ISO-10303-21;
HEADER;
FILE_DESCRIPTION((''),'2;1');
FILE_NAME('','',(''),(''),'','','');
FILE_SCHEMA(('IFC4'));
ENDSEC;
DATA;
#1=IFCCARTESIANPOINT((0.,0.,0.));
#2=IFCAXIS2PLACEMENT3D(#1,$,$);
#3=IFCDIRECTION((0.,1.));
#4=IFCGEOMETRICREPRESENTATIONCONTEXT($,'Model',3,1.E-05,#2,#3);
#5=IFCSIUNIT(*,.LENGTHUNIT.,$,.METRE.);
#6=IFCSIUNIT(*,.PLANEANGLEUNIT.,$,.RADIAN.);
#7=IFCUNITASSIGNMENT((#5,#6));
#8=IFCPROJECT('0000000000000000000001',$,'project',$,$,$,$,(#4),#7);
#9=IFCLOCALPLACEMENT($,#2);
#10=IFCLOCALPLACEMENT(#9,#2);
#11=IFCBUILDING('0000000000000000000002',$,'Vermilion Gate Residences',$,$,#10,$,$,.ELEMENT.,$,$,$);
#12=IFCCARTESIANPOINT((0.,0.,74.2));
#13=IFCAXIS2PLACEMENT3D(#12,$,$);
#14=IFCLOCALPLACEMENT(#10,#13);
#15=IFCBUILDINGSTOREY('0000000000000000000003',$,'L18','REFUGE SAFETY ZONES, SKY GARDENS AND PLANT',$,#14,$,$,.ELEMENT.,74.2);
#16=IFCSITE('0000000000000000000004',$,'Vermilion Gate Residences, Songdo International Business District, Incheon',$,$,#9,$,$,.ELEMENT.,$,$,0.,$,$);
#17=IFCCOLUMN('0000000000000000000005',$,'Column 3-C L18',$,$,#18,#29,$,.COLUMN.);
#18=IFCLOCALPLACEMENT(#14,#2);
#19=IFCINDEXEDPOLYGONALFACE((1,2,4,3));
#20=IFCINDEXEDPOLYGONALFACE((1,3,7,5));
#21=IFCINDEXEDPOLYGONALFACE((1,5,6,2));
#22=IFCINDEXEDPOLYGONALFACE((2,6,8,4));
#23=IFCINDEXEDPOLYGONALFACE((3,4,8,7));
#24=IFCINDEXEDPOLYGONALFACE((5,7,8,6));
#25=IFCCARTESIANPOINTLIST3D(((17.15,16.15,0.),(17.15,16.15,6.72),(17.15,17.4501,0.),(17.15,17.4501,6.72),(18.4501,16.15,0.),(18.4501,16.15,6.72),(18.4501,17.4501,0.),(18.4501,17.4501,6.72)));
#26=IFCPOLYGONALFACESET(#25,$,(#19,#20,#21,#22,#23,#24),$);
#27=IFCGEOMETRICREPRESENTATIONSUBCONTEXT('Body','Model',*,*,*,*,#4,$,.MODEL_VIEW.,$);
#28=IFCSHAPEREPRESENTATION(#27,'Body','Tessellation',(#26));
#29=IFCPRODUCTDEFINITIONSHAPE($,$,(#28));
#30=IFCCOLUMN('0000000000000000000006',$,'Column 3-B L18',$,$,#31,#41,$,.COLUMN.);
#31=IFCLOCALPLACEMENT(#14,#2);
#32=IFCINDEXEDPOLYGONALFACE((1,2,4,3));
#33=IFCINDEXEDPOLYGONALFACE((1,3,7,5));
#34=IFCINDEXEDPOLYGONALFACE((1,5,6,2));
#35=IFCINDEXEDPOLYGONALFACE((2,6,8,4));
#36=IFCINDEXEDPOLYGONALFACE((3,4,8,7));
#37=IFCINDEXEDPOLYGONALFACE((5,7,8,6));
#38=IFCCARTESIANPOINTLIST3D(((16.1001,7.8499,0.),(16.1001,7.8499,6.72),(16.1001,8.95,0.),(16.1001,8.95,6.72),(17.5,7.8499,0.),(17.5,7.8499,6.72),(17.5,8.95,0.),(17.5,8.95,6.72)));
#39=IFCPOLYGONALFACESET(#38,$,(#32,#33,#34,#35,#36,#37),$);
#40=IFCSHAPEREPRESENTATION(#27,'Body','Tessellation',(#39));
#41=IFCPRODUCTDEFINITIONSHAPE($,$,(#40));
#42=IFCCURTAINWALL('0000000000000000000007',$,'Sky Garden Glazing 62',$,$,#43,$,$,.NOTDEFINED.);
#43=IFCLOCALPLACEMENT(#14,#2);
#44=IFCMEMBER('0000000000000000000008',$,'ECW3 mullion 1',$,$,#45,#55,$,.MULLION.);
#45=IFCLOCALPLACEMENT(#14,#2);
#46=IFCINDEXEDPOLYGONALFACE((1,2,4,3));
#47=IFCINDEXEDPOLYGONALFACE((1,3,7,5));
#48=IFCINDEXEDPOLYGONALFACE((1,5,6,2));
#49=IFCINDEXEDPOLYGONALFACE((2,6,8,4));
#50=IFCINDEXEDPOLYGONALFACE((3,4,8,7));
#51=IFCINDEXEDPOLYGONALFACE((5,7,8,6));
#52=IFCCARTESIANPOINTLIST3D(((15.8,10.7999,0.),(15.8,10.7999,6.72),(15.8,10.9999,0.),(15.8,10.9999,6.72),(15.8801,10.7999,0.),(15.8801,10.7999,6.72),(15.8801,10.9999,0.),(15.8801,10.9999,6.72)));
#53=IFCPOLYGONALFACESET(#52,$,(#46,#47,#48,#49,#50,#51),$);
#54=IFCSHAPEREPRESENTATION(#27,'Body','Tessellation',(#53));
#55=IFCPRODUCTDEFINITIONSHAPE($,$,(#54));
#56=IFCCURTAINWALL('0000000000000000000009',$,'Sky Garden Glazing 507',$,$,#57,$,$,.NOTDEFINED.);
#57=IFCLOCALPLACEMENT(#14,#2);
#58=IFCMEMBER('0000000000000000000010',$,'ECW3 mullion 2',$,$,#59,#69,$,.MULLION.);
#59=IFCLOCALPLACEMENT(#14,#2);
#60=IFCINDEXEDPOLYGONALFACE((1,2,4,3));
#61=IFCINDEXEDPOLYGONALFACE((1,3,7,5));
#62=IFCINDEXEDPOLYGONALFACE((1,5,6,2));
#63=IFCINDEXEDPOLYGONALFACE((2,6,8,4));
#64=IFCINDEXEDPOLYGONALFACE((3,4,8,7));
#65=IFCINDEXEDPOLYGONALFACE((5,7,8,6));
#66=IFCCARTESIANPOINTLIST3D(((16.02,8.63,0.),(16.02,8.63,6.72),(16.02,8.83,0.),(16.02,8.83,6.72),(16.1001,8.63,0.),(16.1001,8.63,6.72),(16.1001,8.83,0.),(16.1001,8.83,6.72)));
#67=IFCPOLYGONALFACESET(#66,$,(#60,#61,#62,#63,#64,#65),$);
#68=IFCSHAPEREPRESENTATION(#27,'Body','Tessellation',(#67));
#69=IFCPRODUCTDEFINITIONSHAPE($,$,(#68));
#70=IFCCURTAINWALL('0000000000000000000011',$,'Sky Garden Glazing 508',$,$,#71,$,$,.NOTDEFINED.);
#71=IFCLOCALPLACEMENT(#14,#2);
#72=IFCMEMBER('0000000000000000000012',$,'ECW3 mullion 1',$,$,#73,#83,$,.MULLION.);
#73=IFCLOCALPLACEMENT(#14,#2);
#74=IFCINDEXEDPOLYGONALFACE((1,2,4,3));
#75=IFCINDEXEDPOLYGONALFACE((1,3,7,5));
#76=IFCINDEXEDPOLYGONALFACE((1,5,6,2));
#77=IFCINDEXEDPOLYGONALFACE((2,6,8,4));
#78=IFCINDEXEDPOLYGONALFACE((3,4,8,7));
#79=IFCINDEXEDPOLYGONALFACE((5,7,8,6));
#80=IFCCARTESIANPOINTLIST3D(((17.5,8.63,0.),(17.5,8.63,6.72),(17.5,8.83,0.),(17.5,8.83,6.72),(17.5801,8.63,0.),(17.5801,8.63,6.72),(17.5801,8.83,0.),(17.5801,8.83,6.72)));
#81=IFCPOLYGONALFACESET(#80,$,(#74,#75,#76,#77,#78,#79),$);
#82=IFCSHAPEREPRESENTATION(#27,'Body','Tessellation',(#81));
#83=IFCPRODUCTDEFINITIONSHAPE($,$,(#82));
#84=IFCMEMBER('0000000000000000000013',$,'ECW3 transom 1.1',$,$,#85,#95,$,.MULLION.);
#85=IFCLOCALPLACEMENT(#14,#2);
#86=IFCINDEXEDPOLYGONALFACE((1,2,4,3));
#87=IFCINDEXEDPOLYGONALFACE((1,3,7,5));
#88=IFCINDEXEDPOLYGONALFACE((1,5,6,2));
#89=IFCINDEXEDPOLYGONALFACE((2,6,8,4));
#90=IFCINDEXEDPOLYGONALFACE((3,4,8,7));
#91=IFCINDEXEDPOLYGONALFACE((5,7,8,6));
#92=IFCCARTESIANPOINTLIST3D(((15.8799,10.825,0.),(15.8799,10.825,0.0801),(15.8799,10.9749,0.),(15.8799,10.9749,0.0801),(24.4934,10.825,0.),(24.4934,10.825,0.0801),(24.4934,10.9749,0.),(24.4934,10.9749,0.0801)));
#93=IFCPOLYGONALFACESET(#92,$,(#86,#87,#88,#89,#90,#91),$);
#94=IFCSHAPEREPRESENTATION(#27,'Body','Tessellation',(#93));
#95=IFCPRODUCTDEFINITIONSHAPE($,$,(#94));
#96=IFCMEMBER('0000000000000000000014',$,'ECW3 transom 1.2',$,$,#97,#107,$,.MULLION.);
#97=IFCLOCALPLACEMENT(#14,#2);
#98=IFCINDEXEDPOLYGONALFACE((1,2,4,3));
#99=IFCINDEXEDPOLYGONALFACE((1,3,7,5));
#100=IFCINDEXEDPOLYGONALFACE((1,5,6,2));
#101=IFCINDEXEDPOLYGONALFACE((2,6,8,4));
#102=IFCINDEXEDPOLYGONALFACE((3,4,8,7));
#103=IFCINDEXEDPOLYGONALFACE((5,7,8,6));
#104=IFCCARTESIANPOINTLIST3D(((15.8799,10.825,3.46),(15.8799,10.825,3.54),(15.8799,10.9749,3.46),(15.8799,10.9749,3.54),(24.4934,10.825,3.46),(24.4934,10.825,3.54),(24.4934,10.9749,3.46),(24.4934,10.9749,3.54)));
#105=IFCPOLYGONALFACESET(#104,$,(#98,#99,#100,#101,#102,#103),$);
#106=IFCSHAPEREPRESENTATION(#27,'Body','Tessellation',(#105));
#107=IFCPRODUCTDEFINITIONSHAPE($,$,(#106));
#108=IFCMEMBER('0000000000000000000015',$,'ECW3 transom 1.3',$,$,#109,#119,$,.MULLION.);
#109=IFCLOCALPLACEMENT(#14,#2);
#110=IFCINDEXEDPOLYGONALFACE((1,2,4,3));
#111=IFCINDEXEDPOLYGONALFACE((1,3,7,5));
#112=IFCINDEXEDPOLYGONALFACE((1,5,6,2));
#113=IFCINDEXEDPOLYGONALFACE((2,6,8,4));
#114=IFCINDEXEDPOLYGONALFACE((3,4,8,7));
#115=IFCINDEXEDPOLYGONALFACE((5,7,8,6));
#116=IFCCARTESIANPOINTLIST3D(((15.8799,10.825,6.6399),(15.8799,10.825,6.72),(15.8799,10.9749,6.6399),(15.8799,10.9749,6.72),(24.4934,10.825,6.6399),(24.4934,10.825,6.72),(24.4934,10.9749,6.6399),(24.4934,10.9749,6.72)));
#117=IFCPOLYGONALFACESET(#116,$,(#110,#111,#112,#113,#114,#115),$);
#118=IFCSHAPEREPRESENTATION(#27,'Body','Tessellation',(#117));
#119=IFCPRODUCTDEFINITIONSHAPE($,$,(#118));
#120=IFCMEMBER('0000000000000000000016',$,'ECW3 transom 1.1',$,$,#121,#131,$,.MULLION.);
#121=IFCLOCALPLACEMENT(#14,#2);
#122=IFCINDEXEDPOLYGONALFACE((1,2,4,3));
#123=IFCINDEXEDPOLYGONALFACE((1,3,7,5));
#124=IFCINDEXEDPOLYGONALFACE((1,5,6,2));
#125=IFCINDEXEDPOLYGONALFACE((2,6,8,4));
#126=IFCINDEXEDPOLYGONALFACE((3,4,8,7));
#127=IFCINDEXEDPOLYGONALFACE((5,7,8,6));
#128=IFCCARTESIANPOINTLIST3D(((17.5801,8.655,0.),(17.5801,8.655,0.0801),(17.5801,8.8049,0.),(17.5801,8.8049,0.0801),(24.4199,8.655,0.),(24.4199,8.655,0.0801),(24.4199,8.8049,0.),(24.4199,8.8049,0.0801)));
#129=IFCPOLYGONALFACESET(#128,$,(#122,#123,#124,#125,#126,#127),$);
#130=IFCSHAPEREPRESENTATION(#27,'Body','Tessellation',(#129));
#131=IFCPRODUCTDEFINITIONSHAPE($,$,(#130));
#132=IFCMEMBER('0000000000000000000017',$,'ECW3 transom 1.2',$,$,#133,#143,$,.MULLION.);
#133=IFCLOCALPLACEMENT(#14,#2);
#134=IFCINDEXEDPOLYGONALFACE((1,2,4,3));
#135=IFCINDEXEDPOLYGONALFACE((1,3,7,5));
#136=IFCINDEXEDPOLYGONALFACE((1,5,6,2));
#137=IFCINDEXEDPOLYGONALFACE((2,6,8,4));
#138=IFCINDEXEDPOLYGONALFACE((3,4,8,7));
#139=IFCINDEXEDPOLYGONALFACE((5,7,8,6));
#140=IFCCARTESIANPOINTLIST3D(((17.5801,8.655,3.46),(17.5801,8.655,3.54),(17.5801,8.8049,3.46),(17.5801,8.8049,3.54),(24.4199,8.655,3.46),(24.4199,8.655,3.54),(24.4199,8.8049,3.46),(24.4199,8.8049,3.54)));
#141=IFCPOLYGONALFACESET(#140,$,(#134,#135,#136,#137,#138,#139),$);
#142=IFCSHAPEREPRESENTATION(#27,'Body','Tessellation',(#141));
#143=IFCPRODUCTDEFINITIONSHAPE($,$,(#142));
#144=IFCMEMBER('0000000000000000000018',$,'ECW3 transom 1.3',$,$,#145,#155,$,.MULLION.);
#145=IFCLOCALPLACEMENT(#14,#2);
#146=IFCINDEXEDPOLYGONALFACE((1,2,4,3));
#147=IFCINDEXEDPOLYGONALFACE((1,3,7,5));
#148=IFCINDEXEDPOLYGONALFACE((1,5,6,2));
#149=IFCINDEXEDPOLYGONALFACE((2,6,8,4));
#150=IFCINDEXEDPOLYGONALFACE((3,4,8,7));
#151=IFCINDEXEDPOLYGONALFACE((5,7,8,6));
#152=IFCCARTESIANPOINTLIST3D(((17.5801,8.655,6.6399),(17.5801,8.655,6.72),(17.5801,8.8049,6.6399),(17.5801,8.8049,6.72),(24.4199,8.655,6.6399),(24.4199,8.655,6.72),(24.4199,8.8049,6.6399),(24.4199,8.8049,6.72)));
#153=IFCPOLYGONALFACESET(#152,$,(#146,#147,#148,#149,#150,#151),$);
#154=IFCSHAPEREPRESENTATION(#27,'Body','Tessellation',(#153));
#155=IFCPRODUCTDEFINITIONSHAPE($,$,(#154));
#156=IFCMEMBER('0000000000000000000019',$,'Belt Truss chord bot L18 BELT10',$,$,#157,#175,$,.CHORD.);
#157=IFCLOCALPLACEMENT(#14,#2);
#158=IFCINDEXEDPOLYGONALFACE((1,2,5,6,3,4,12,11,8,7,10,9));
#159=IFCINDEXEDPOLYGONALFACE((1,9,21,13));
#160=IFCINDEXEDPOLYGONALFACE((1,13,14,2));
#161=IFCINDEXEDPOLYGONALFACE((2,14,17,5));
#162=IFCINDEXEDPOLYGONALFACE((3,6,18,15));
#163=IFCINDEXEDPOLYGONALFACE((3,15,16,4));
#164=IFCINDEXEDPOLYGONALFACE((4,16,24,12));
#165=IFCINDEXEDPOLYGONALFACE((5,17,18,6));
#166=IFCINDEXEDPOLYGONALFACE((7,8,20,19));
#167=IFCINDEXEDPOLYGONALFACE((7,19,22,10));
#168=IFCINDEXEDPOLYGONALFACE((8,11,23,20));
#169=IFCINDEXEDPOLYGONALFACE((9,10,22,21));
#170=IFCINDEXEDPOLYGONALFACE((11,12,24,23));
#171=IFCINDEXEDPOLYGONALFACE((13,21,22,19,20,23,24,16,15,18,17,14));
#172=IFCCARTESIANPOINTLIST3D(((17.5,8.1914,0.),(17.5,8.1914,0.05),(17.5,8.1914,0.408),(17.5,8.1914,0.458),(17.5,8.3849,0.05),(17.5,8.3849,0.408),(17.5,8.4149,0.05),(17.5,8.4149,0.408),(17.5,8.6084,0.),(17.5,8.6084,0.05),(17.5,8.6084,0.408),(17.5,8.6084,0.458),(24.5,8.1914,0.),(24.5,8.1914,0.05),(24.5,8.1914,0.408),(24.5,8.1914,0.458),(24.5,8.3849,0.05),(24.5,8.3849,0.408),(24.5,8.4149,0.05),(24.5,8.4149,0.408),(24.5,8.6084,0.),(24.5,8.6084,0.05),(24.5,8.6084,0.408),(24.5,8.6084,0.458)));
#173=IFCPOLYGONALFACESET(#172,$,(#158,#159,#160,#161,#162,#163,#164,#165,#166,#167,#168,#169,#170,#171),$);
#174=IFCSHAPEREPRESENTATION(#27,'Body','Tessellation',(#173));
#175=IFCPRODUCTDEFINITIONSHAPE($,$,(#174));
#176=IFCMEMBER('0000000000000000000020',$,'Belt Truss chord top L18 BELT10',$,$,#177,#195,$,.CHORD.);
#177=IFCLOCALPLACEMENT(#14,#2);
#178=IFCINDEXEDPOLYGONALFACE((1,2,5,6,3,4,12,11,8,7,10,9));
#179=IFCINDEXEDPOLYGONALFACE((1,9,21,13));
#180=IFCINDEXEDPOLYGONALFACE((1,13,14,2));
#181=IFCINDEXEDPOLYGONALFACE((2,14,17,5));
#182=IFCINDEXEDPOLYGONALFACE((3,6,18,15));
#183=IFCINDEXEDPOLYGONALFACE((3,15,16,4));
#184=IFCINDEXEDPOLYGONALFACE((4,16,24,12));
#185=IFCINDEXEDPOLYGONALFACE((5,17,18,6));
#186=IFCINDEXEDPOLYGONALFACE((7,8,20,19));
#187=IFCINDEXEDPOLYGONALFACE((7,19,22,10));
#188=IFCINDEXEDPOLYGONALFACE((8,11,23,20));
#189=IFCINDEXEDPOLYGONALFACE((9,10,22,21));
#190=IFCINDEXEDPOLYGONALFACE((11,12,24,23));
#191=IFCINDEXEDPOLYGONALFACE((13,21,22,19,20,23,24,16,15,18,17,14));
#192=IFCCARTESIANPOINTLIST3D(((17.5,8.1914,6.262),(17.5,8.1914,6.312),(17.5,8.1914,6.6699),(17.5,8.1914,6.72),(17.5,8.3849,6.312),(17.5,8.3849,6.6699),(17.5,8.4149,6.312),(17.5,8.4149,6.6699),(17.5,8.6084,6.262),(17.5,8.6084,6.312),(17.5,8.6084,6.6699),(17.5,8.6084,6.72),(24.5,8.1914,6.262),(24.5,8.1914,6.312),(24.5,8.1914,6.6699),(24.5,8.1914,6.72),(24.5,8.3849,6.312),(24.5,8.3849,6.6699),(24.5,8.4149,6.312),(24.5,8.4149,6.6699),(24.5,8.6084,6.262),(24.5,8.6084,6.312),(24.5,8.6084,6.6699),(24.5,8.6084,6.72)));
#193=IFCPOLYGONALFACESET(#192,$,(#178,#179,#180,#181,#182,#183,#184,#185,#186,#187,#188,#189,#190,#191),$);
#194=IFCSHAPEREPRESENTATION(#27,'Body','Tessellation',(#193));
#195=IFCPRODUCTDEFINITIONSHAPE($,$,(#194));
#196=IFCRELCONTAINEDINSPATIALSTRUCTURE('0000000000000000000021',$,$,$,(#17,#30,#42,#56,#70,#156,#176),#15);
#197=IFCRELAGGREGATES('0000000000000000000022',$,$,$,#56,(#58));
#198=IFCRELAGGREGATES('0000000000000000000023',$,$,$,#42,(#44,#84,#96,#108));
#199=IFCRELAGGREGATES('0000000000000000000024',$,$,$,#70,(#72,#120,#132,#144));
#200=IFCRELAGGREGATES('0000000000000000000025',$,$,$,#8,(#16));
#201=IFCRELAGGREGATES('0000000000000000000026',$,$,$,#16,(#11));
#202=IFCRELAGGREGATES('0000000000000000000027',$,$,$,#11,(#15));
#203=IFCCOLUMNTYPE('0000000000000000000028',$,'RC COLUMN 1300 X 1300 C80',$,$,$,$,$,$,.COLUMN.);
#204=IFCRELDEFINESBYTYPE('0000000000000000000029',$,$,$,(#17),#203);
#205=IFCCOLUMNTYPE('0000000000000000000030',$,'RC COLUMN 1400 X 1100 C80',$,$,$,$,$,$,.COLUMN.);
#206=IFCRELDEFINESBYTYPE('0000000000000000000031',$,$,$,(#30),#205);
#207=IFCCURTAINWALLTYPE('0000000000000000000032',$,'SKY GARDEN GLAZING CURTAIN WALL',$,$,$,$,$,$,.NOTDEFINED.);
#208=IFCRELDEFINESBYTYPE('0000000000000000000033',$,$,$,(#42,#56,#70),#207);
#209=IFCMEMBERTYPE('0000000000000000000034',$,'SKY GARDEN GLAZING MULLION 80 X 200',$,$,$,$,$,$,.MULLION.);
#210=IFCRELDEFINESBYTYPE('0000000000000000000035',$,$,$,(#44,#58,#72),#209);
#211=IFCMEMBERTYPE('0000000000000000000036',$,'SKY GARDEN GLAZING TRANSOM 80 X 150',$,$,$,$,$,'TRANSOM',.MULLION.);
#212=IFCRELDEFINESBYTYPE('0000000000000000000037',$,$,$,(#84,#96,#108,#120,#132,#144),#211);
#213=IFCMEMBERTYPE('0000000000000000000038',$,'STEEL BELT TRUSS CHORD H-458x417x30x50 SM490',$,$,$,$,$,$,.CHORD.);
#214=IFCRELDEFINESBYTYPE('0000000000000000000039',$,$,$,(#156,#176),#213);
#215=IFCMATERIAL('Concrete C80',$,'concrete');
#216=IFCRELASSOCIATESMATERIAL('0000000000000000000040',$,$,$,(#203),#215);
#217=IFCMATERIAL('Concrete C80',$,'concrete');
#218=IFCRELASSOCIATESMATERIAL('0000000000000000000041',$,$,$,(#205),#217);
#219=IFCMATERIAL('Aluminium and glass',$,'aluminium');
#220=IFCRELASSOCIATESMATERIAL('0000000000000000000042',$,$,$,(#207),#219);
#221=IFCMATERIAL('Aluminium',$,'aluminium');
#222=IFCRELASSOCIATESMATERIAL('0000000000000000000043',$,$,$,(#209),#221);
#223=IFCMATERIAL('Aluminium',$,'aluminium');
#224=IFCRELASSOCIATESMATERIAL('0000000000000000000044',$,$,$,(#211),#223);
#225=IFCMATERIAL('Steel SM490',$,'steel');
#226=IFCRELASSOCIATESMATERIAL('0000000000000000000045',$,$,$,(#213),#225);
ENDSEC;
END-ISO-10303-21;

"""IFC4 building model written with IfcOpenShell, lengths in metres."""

from ifc_helpers import new_model, si_unit, direction, frame, origin, origin_2d, place, context, subcontext, project, spatial, rectangle, i_section, extrude, material, material_profile, profile_set, type_object, element, aggregate, save


model = new_model("IFC4")

# Units and contexts
model_context = context("Model", 3, precision=1e-05, world=origin(), true_north=direction((0.0, 1.0)))
body_context = subcontext(model_context, "Body", "Model", "MODEL_VIEW")
ifc_project = project(units=[si_unit("LENGTHUNIT", "METRE"), si_unit("PLANEANGLEUNIT", "RADIAN")], contexts=[model_context])

# Site, building, storey
site_placement = place(None, origin())
site = spatial("IfcSite", under=ifc_project, at=site_placement, Name="Vermilion Gate Residences, Songdo International Business District, Incheon", CompositionType="ELEMENT", RefElevation=0.0)
building_placement = place(site_placement, origin())
building = spatial("IfcBuilding", under=site, at=building_placement, Name="Vermilion Gate Residences", CompositionType="ELEMENT")
storey_placement = place(building_placement, frame((0.0, 0.0, 74.2)))
storey = spatial("IfcBuildingStorey", under=building, at=storey_placement, Name="L18", Description="REFUGE SAFETY ZONES, SKY GARDENS AND PLANT", CompositionType="ELEMENT", Elevation=74.2)

# Columns
ifc_material_1 = material(Name="Concrete C80", Category="concrete")
ifc_material_profile_1 = material_profile(ifc_material_1, rectangle(XDim=1.3, YDim=1.3, at=origin_2d()), Name="RC-1300x1300")
ifc_profile_set_1 = profile_set([ifc_material_profile_1], Name="Concrete C80")
column_type_1 = type_object("IfcColumnType", Name="RC COLUMN 1300 X 1300 C80", PredefinedType="COLUMN", material=ifc_profile_set_1)
column_1_placement = place(storey_placement, frame((17.8, 16.8, 0.0), z_axis=(0.0, 0.0, 1.0), x_axis=(1.0, 0.0, 0.0)))
element("IfcColumn", 1, at=column_1_placement, inside=storey, type_object=column_type_1, Name="Column 3-C L18", PredefinedType="COLUMN", context=body_context, shape_type="SweptSolid", body=[
    extrude(rectangle(XDim=1.3, YDim=1.3, at=origin_2d()), origin(), (0.0, 0.0, 1.0), 6.72),
])
ifc_material_2 = material(Name="Concrete C80", Category="concrete")
ifc_material_profile_2 = material_profile(ifc_material_2, rectangle(XDim=1.3999, YDim=1.1001, at=origin_2d()), Name="RC-1400x1100")
ifc_profile_set_2 = profile_set([ifc_material_profile_2], Name="Concrete C80")
column_type_2 = type_object("IfcColumnType", Name="RC COLUMN 1400 X 1100 C80", PredefinedType="COLUMN", material=ifc_profile_set_2)
column_2_placement = place(storey_placement, frame((16.8, 8.3999, 0.0), z_axis=(0.0, 0.0, 1.0), x_axis=(1.0, 0.0, 0.0)))
element("IfcColumn", 2, at=column_2_placement, inside=storey, type_object=column_type_2, Name="Column 3-B L18", PredefinedType="COLUMN", context=body_context, shape_type="SweptSolid", body=[
    extrude(rectangle(XDim=1.3999, YDim=1.1001, at=origin_2d()), origin(), (0.0, 0.0, 1.0), 6.72),
])

# Curtain walls, members
ifc_material_3 = material(Name="Aluminium and glass", Category="aluminium")
curtain_wall_type = type_object("IfcCurtainWallType", Name="SKY GARDEN GLAZING CURTAIN WALL", PredefinedType="NOTDEFINED", material=ifc_material_3)
curtain_wall_1_placement = place(storey_placement, origin())
curtain_wall_1 = element("IfcCurtainWall", 3, at=curtain_wall_1_placement, inside=storey, type_object=curtain_wall_type, Name="Sky Garden Glazing 62", PredefinedType="NOTDEFINED")
ifc_material_4 = material(Name="Aluminium", Category="aluminium")
ifc_material_profile_3 = material_profile(ifc_material_4, rectangle(XDim=0.2, YDim=0.0801, at=origin_2d()), Name="MULLION 80 X 200")
ifc_profile_set_3 = profile_set([ifc_material_profile_3], Name="Aluminium")
member_type_1 = type_object("IfcMemberType", Name="SKY GARDEN GLAZING MULLION 80 X 200", PredefinedType="MULLION", material=ifc_profile_set_3)
member_1_placement = place(storey_placement, frame((15.8401, 10.8999, 0.0), z_axis=(0.0, 0.0, 1.0), x_axis=(0.0, 1.0, 0.0)))
member_1 = element("IfcMember", 4, at=member_1_placement, type_object=member_type_1, Name="ECW3 mullion 1", PredefinedType="MULLION", context=body_context, shape_type="SweptSolid", body=[
    extrude(rectangle(XDim=0.2, YDim=0.0801, at=origin_2d()), origin(), (0.0, 0.0, 1.0), 6.72),
])
curtain_wall_2_placement = place(storey_placement, origin())
curtain_wall_2 = element("IfcCurtainWall", 5, at=curtain_wall_2_placement, inside=storey, type_object=curtain_wall_type, Name="Sky Garden Glazing 507", PredefinedType="NOTDEFINED")
member_2_placement = place(storey_placement, frame((16.0601, 8.73, 0.0), z_axis=(0.0, 0.0, 1.0), x_axis=(0.0, 1.0, 0.0)))
member_2 = element("IfcMember", 6, at=member_2_placement, type_object=member_type_1, Name="ECW3 mullion 2", PredefinedType="MULLION", context=body_context, shape_type="SweptSolid", body=[
    extrude(rectangle(XDim=0.2, YDim=0.0801, at=origin_2d()), origin(), (0.0, 0.0, 1.0), 6.72),
])
aggregate(curtain_wall_2, [member_2])
curtain_wall_3_placement = place(storey_placement, origin())
curtain_wall_3 = element("IfcCurtainWall", 7, at=curtain_wall_3_placement, inside=storey, type_object=curtain_wall_type, Name="Sky Garden Glazing 508", PredefinedType="NOTDEFINED")
member_3_placement = place(storey_placement, frame((17.54, 8.73, 0.0), z_axis=(0.0, 0.0, 1.0), x_axis=(0.0, 1.0, 0.0)))
member_3 = element("IfcMember", 8, at=member_3_placement, type_object=member_type_1, Name="ECW3 mullion 1", PredefinedType="MULLION", context=body_context, shape_type="SweptSolid", body=[
    extrude(rectangle(XDim=0.2, YDim=0.0801, at=origin_2d()), origin(), (0.0, 0.0, 1.0), 6.72),
])

# Members
ifc_material_5 = material(Name="Aluminium", Category="aluminium")
ifc_material_profile_4 = material_profile(ifc_material_5, rectangle(XDim=0.1499, YDim=0.0801, at=origin_2d()), Name="TRANSOM 80 X 150")
ifc_profile_set_4 = profile_set([ifc_material_profile_4], Name="Aluminium")
member_type_2 = type_object("IfcMemberType", Name="SKY GARDEN GLAZING TRANSOM 80 X 150", ElementType="TRANSOM", PredefinedType="MULLION", material=ifc_profile_set_4)
member_4_placement = place(storey_placement, frame((15.8799, 10.8999, 0.04), z_axis=(1.0, 0.0, 0.0), x_axis=(0.0, 1.0, 0.0)))
member_4 = element("IfcMember", 9, at=member_4_placement, type_object=member_type_2, Name="ECW3 transom 1.1", PredefinedType="MULLION", context=body_context, shape_type="SweptSolid", body=[
    extrude(rectangle(XDim=0.1499, YDim=0.0801, at=origin_2d()), origin(), (0.0, 0.0, 1.0), 8.6135),
])
member_5_placement = place(storey_placement, frame((15.8799, 10.8999, 3.5), z_axis=(1.0, 0.0, 0.0), x_axis=(0.0, 1.0, 0.0)))
member_5 = element("IfcMember", 10, at=member_5_placement, type_object=member_type_2, Name="ECW3 transom 1.2", PredefinedType="MULLION", context=body_context, shape_type="SweptSolid", body=[
    extrude(rectangle(XDim=0.1499, YDim=0.0801, at=origin_2d()), origin(), (0.0, 0.0, 1.0), 8.6135),
])
member_6_placement = place(storey_placement, frame((15.8799, 10.8999, 6.6799), z_axis=(1.0, 0.0, 0.0), x_axis=(0.0, 1.0, 0.0)))
member_6 = element("IfcMember", 11, at=member_6_placement, type_object=member_type_2, Name="ECW3 transom 1.3", PredefinedType="MULLION", context=body_context, shape_type="SweptSolid", body=[
    extrude(rectangle(XDim=0.1499, YDim=0.0801, at=origin_2d()), origin(), (0.0, 0.0, 1.0), 8.6135),
])
aggregate(curtain_wall_1, [member_1, member_4, member_5, member_6])
member_7_placement = place(storey_placement, frame((17.5801, 8.73, 0.04), z_axis=(1.0, 0.0, 0.0), x_axis=(0.0, 1.0, 0.0)))
member_7 = element("IfcMember", 12, at=member_7_placement, type_object=member_type_2, Name="ECW3 transom 1.1", PredefinedType="MULLION", context=body_context, shape_type="SweptSolid", body=[
    extrude(rectangle(XDim=0.1499, YDim=0.0801, at=origin_2d()), origin(), (0.0, 0.0, 1.0), 6.8398),
])
member_8_placement = place(storey_placement, frame((17.5801, 8.73, 3.5), z_axis=(1.0, 0.0, 0.0), x_axis=(0.0, 1.0, 0.0)))
member_8 = element("IfcMember", 13, at=member_8_placement, type_object=member_type_2, Name="ECW3 transom 1.2", PredefinedType="MULLION", context=body_context, shape_type="SweptSolid", body=[
    extrude(rectangle(XDim=0.1499, YDim=0.0801, at=origin_2d()), origin(), (0.0, 0.0, 1.0), 6.8398),
])
member_9_placement = place(storey_placement, frame((17.5801, 8.73, 6.6799), z_axis=(1.0, 0.0, 0.0), x_axis=(0.0, 1.0, 0.0)))
member_9 = element("IfcMember", 14, at=member_9_placement, type_object=member_type_2, Name="ECW3 transom 1.3", PredefinedType="MULLION", context=body_context, shape_type="SweptSolid", body=[
    extrude(rectangle(XDim=0.1499, YDim=0.0801, at=origin_2d()), origin(), (0.0, 0.0, 1.0), 6.8398),
])
aggregate(curtain_wall_3, [member_3, member_7, member_8, member_9])

# Members
ifc_material_6 = material(Name="Steel SM490", Category="steel")
ifc_material_profile_5 = material_profile(ifc_material_6, i_section(OverallWidth=0.417, OverallDepth=0.458, WebThickness=0.03, FlangeThickness=0.05, at=origin_2d()), Name="H-458x417x30x50")
ifc_profile_set_5 = profile_set([ifc_material_profile_5], Name="Steel SM490")
member_type_3 = type_object("IfcMemberType", Name="STEEL BELT TRUSS CHORD H-458x417x30x50 SM490", PredefinedType="CHORD", material=ifc_profile_set_5)
for number, where, z_axis, x_axis, name in (
    (15, (17.5, 8.3999, 0.229), (1.0, 0.0, 0.0), (0.0, 1.0, 0.0), "Belt Truss chord bot L18 BELT10"),
    (16, (17.5, 8.3999, 6.491), (1.0, 0.0, 0.0), (0.0, 1.0, 0.0), "Belt Truss chord top L18 BELT10"),
):
    element("IfcMember", number, at=place(storey_placement, frame(where, z_axis=z_axis, x_axis=x_axis)), inside=storey, type_object=member_type_3, Name=name, PredefinedType="CHORD", context=body_context, shape_type="SweptSolid", body=[
        extrude(i_section(OverallWidth=0.417, OverallDepth=0.458, WebThickness=0.03, FlangeThickness=0.05, at=origin_2d()), origin(), (0.0, 0.0, 1.0), 7.0),
    ])

save(model, "model.ifc")
